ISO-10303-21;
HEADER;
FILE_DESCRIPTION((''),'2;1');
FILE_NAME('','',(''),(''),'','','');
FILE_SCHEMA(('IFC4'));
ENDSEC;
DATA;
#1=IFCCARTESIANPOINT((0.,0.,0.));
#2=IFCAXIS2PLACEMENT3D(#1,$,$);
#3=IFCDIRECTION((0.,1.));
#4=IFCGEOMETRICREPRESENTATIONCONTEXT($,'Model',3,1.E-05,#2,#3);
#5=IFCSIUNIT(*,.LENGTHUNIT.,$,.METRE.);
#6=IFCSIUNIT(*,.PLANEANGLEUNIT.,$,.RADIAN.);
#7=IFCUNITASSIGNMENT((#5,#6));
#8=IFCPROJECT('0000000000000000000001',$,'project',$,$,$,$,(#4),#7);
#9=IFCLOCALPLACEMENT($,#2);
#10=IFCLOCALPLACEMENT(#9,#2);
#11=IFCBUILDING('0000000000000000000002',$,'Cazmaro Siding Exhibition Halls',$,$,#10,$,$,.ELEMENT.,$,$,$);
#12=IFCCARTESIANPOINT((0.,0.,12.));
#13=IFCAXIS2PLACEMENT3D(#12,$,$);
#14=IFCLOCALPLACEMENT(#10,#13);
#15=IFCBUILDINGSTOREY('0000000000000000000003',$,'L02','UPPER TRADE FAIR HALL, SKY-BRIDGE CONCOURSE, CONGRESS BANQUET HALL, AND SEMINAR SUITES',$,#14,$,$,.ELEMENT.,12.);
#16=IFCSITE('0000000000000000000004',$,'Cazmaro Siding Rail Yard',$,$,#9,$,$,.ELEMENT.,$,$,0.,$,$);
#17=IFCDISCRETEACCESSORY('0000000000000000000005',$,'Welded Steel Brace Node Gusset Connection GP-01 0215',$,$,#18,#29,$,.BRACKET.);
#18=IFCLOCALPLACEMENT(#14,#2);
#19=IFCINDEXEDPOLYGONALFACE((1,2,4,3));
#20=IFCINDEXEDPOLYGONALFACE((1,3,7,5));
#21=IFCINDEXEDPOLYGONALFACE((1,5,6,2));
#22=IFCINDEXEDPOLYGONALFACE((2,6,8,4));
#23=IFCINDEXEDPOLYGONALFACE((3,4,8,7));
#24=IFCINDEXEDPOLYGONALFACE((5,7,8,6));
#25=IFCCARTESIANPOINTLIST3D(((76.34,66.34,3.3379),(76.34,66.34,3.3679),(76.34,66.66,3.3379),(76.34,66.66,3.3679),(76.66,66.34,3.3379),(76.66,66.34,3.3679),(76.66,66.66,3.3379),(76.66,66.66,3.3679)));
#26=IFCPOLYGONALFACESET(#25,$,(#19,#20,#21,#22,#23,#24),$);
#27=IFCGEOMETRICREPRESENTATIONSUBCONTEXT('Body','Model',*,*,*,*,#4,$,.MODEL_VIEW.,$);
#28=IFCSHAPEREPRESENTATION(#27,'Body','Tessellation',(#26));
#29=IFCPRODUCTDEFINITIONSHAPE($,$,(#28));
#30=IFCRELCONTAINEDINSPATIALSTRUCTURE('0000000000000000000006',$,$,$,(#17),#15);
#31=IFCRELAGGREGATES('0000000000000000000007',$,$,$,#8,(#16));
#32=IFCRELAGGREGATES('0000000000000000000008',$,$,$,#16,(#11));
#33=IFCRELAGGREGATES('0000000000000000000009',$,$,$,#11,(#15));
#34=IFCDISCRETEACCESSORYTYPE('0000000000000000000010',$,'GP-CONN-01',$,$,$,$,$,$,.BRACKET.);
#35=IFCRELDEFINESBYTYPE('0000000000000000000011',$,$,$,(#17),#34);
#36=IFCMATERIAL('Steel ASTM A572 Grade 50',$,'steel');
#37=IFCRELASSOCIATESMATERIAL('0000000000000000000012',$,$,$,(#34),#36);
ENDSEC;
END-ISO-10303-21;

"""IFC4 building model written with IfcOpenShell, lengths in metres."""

from ifc_helpers import new_model, si_unit, direction, frame, origin, origin_2d, place, context, subcontext, project, spatial, rectangle, extrude, material, type_object, element, save


model = new_model("IFC4")

# Units and contexts
model_context = context("Model", 3, precision=1e-05, world=origin(), true_north=direction((0.0, 1.0)))
body_context = subcontext(model_context, "Body", "Model", "MODEL_VIEW")
ifc_project = project(units=[si_unit("LENGTHUNIT", "METRE"), si_unit("PLANEANGLEUNIT", "RADIAN")], contexts=[model_context])

# Site, building, storey
site_placement = place(None, origin())
site = spatial("IfcSite", under=ifc_project, at=site_placement, Name="Cazmaro Siding Rail Yard", CompositionType="ELEMENT", RefElevation=0.0)
building_placement = place(site_placement, origin())
building = spatial("IfcBuilding", under=site, at=building_placement, Name="Cazmaro Siding Exhibition Halls", CompositionType="ELEMENT")
storey_placement = place(building_placement, frame((0.0, 0.0, 12.0)))
storey = spatial("IfcBuildingStorey", under=building, at=storey_placement, Name="L02", Description="UPPER TRADE FAIR HALL, SKY-BRIDGE CONCOURSE, CONGRESS BANQUET HALL, AND SEMINAR SUITES", CompositionType="ELEMENT", Elevation=12.0)

# Discrete accessory
ifc_material_1 = material(Name="Steel ASTM A572 Grade 50", Category="steel")
discrete_accessory_type = type_object("IfcDiscreteAccessoryType", Name="GP-CONN-01", PredefinedType="BRACKET", material=ifc_material_1)
discrete_accessory_placement = place(storey_placement, frame((76.5, 66.5, 3.3379), z_axis=(0.0, 0.0, 1.0), x_axis=(1.0, 0.0, 0.0)))
element("IfcDiscreteAccessory", 1, at=discrete_accessory_placement, inside=storey, type_object=discrete_accessory_type, Name="Welded Steel Brace Node Gusset Connection GP-01 0215", PredefinedType="BRACKET", context=body_context, shape_type="SweptSolid", body=[
    extrude(rectangle(XDim=0.3201, YDim=0.3201, at=origin_2d()), origin(), (0.0, 0.0, 1.0), 0.03),
])

save(model, "model.ifc")
